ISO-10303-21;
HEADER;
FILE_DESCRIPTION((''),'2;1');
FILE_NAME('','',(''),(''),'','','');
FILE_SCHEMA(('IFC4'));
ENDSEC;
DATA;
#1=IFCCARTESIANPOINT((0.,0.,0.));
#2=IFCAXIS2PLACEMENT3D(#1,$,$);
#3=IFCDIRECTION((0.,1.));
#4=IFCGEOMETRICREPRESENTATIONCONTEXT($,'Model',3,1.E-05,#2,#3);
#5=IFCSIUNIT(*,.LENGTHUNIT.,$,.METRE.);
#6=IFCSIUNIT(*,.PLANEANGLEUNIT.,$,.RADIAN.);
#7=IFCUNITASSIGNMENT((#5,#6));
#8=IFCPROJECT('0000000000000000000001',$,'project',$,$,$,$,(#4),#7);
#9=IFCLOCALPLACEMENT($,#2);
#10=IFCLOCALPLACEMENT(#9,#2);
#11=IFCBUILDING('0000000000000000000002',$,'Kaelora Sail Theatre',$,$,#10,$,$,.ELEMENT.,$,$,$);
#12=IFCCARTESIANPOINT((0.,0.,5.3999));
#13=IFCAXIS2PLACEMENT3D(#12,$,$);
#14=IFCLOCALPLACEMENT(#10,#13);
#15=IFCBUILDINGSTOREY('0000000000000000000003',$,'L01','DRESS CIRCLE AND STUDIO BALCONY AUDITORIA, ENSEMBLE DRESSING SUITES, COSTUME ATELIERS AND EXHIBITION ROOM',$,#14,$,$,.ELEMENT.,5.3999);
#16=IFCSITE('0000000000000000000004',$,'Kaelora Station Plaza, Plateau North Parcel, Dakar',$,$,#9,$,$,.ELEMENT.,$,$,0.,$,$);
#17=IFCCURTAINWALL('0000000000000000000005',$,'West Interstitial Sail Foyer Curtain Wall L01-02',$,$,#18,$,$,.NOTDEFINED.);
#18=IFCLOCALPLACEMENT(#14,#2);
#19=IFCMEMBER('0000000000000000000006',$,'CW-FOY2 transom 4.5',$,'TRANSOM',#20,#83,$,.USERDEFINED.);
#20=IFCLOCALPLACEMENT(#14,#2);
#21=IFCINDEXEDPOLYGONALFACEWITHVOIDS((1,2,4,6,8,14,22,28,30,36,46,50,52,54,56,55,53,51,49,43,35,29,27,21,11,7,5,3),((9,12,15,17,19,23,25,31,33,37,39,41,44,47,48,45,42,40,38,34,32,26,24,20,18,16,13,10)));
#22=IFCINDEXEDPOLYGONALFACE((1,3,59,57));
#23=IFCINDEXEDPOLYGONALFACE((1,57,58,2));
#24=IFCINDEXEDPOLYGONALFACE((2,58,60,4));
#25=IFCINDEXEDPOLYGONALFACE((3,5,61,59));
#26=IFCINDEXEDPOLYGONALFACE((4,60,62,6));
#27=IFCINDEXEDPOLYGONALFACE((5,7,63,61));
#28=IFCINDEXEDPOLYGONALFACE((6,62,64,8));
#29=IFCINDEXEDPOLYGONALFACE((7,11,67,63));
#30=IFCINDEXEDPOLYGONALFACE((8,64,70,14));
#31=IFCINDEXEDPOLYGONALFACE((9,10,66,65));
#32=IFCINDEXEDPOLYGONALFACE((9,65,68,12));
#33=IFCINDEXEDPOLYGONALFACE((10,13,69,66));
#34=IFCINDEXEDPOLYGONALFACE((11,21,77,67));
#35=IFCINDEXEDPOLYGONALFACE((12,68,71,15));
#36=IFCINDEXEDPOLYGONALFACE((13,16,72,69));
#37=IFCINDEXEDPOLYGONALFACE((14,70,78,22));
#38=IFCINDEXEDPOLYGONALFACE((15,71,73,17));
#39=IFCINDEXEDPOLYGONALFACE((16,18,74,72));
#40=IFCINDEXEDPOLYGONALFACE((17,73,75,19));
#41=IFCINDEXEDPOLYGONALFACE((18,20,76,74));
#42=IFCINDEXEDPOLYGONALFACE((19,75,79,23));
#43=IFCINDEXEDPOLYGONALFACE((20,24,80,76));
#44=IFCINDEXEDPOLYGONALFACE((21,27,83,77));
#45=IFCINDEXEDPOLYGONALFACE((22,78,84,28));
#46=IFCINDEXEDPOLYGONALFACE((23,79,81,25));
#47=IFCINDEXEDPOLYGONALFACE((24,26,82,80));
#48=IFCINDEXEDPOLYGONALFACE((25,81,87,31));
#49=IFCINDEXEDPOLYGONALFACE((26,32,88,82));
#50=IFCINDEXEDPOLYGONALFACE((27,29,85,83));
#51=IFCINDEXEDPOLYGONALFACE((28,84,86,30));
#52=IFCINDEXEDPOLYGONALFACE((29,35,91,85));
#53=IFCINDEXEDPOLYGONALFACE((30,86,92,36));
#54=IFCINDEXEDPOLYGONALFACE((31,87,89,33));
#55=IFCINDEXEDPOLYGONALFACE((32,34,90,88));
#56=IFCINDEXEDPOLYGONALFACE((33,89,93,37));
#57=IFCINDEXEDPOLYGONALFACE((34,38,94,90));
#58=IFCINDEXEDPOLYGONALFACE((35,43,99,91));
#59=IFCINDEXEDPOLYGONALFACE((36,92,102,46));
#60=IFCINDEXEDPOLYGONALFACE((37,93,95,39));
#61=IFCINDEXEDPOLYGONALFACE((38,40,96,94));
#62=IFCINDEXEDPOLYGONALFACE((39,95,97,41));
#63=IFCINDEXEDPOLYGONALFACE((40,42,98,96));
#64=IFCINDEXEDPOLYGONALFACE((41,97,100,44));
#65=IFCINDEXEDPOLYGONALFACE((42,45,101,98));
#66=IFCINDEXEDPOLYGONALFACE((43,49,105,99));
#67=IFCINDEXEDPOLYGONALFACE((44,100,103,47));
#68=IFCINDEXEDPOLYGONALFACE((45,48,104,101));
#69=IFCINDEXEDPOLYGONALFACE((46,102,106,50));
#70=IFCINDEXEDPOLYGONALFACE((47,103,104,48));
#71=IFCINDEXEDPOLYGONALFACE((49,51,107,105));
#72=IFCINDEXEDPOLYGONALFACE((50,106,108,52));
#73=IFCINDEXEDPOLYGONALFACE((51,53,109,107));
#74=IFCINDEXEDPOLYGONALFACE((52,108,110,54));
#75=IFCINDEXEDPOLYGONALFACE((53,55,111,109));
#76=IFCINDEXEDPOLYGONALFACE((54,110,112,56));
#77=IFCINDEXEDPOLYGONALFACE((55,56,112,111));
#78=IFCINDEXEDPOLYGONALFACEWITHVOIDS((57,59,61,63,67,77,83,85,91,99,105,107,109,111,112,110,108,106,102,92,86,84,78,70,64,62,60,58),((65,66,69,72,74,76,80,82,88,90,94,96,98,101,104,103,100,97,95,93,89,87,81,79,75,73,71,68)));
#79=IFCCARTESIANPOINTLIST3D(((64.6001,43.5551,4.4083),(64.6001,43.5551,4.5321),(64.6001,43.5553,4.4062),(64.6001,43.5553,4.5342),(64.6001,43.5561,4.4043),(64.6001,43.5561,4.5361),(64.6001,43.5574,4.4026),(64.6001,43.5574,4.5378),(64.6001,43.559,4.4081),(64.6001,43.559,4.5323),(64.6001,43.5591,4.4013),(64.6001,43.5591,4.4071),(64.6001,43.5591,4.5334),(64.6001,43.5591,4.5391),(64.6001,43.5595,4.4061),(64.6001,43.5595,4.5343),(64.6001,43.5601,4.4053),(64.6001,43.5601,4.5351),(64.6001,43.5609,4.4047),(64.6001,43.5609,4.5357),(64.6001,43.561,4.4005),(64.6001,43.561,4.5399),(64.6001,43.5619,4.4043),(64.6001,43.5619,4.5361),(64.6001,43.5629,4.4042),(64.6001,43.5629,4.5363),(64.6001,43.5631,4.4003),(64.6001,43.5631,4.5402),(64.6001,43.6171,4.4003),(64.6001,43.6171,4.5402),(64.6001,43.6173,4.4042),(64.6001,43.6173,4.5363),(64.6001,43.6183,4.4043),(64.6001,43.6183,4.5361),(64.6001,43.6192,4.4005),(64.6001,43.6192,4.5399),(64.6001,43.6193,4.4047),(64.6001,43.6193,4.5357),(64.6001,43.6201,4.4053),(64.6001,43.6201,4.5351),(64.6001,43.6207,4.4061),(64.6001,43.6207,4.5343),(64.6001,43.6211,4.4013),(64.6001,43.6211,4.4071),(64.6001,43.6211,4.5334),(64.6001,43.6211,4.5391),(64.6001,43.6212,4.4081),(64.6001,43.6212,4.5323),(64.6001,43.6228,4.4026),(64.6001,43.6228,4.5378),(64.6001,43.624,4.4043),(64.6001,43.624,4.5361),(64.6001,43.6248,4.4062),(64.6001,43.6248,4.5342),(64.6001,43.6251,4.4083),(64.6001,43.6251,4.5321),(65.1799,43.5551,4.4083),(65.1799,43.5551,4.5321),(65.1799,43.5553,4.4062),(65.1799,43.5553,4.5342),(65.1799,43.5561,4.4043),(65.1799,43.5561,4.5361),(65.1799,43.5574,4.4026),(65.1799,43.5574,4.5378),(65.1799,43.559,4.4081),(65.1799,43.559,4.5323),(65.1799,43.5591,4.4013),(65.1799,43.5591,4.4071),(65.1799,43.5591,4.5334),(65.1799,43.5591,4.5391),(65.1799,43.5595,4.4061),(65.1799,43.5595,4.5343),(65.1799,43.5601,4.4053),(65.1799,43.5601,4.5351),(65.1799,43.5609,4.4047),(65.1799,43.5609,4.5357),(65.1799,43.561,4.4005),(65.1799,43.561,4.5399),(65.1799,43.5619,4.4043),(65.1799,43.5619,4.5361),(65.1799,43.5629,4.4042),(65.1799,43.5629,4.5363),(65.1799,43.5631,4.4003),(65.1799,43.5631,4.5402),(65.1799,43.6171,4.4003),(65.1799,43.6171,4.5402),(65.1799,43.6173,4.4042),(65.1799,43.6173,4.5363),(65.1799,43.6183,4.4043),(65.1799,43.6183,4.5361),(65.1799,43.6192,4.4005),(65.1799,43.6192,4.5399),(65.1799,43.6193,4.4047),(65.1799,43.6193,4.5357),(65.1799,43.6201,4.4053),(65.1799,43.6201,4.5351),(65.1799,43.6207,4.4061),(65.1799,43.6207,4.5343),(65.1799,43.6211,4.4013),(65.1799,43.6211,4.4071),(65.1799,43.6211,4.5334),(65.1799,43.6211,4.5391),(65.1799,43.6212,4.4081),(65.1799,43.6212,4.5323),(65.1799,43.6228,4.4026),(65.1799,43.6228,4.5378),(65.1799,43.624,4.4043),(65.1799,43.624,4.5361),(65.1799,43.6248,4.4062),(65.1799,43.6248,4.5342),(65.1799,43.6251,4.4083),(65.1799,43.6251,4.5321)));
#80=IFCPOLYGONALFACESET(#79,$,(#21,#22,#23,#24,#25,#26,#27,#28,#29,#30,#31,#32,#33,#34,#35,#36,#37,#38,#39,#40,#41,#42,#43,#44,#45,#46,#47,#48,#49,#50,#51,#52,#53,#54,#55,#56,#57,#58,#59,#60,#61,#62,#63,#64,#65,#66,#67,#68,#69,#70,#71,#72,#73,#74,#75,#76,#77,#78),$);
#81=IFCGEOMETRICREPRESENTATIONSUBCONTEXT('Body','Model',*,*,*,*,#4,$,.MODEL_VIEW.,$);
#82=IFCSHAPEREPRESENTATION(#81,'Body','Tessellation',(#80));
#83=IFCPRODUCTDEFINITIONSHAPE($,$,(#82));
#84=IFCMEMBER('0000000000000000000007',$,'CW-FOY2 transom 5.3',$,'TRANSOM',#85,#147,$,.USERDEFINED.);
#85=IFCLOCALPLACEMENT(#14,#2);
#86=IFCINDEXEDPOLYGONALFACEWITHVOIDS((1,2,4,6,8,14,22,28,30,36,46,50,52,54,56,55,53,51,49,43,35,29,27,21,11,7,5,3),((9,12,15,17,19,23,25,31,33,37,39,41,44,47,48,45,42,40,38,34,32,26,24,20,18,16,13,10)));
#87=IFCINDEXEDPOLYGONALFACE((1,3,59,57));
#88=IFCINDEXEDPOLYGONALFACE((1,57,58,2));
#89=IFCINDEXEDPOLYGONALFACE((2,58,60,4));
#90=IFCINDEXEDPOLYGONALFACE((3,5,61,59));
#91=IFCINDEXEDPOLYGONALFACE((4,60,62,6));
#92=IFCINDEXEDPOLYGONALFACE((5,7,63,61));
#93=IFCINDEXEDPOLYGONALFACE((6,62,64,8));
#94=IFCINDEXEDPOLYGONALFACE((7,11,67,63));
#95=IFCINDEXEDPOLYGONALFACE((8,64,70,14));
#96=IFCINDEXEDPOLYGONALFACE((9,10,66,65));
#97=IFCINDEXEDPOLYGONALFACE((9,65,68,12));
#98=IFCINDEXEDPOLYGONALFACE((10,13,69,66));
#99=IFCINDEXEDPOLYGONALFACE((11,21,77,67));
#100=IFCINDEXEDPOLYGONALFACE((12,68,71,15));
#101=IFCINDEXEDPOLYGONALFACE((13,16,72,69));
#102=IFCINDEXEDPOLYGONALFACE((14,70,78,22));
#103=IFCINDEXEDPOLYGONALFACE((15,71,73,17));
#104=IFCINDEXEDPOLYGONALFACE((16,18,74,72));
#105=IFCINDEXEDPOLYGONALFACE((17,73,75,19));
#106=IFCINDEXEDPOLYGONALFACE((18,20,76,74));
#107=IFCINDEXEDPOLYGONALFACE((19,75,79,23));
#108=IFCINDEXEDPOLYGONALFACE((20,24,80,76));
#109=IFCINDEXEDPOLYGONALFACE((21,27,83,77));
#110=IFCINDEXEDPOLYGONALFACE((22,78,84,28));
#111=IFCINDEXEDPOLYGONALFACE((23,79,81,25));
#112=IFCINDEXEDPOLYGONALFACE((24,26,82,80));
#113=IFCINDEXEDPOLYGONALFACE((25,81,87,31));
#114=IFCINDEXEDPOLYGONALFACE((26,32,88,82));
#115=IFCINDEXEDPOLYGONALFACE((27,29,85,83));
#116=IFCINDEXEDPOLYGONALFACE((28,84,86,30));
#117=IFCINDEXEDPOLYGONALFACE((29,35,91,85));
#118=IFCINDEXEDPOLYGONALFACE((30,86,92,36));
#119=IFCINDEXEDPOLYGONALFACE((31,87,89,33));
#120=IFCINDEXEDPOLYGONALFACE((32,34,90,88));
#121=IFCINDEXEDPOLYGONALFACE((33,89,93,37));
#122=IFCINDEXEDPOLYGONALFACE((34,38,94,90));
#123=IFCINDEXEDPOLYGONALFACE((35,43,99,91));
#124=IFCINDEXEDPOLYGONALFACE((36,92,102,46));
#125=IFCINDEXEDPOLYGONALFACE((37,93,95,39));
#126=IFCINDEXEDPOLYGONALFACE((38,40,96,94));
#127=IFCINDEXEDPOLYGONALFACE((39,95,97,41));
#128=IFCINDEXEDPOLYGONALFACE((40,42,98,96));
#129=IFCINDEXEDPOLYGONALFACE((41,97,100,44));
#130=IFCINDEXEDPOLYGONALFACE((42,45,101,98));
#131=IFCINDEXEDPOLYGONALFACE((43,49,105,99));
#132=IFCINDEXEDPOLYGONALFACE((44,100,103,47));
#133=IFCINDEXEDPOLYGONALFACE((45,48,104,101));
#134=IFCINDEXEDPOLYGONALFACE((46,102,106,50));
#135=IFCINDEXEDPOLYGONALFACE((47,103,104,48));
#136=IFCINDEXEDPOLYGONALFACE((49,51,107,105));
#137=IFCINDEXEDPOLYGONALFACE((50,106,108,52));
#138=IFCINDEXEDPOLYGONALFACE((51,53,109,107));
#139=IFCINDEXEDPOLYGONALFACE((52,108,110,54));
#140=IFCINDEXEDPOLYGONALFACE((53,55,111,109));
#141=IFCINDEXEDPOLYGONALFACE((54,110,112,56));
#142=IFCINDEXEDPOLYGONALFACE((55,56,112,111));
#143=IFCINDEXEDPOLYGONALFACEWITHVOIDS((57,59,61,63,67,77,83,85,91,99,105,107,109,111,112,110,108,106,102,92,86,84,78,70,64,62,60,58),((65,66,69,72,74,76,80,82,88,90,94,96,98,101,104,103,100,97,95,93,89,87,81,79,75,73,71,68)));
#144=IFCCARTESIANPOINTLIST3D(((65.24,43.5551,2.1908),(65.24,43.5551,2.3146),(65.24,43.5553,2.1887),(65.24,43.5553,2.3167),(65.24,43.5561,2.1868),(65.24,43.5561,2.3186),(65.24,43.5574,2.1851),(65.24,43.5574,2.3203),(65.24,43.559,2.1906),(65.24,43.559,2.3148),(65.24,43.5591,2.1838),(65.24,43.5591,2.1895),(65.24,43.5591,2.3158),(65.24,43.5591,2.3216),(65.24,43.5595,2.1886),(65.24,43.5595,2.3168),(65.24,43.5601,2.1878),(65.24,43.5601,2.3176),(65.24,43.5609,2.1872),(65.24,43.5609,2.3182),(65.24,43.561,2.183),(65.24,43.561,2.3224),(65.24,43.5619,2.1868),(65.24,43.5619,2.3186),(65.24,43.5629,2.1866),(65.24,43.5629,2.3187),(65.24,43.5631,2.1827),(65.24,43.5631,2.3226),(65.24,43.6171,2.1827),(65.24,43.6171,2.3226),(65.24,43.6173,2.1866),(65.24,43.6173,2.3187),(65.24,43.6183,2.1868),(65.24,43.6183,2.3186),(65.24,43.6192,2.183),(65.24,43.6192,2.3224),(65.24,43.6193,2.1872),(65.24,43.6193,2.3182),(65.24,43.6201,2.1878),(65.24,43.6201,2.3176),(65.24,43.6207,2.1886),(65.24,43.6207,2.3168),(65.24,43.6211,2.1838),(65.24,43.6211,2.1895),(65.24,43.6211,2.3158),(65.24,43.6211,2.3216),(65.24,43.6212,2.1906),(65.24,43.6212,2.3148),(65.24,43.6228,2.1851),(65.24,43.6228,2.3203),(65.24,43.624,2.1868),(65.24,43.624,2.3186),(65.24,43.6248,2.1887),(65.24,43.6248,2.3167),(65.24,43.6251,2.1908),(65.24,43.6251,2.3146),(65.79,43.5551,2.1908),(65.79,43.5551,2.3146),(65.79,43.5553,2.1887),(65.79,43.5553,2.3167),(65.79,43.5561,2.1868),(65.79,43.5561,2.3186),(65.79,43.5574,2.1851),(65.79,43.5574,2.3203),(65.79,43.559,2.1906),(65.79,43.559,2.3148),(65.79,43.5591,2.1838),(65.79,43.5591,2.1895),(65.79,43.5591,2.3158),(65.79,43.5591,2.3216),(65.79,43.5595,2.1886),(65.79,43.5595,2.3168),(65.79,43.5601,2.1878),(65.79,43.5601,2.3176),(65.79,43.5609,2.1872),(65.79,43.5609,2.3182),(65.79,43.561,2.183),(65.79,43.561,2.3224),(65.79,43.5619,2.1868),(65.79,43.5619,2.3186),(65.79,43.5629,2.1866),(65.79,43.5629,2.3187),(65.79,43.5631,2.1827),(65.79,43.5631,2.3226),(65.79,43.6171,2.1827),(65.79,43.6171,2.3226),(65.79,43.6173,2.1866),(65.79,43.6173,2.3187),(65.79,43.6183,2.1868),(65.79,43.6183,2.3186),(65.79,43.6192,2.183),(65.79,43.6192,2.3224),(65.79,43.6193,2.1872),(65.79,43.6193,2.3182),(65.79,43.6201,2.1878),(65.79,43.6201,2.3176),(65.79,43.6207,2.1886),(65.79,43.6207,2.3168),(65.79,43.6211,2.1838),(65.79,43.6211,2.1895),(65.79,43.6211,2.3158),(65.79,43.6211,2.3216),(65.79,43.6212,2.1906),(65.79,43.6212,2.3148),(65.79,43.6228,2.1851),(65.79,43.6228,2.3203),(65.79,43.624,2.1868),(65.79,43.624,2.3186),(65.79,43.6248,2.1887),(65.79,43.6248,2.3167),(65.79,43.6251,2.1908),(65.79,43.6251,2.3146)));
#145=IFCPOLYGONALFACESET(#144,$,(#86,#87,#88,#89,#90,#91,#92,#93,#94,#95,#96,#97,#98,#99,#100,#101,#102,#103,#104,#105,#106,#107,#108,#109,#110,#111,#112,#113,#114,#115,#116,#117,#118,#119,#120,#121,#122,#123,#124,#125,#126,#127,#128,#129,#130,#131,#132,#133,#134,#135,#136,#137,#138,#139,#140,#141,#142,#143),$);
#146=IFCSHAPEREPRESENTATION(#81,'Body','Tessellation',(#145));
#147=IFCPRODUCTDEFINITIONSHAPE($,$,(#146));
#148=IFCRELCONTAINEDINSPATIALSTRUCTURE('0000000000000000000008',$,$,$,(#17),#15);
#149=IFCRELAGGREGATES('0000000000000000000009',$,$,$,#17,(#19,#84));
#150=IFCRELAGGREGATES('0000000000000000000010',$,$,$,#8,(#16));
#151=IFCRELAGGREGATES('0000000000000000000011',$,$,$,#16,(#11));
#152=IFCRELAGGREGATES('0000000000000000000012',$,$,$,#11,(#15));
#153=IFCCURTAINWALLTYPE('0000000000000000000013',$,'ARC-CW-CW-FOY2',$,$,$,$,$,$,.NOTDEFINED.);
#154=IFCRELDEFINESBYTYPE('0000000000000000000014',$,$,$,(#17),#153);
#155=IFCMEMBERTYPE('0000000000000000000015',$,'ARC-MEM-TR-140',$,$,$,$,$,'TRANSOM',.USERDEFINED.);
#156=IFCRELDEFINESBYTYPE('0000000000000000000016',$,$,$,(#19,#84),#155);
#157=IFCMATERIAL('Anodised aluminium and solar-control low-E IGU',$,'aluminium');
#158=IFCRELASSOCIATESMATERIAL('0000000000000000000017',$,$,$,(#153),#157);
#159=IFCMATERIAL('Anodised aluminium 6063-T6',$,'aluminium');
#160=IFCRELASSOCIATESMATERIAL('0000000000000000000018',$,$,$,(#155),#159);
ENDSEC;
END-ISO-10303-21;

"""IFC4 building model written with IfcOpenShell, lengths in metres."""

from ifc_helpers import new_model, si_unit, direction, frame, origin, origin_2d, place, context, subcontext, project, spatial, hollow_rectangle, extrude, material, material_profile, profile_set, type_object, element, aggregate, save


model = new_model("IFC4")

# Units and contexts
model_context = context("Model", 3, precision=1e-05, world=origin(), true_north=direction((0.0, 1.0)))
body_context = subcontext(model_context, "Body", "Model", "MODEL_VIEW")
ifc_project = project(units=[si_unit("LENGTHUNIT", "METRE"), si_unit("PLANEANGLEUNIT", "RADIAN")], contexts=[model_context])

# Site, building, storey
site_placement = place(None, origin())
site = spatial("IfcSite", under=ifc_project, at=site_placement, Name="Kaelora Station Plaza, Plateau North Parcel, Dakar", CompositionType="ELEMENT", RefElevation=0.0)
building_placement = place(site_placement, origin())
building = spatial("IfcBuilding", under=site, at=building_placement, Name="Kaelora Sail Theatre", CompositionType="ELEMENT")
storey_placement = place(building_placement, frame((0.0, 0.0, 5.3999)))
storey = spatial("IfcBuildingStorey", under=building, at=storey_placement, Name="L01", Description="DRESS CIRCLE AND STUDIO BALCONY AUDITORIA, ENSEMBLE DRESSING SUITES, COSTUME ATELIERS AND EXHIBITION ROOM", CompositionType="ELEMENT", Elevation=5.3999)

# Curtain wall, members
ifc_material_1 = material(Name="Anodised aluminium and solar-control low-E IGU", Category="aluminium")
curtain_wall_type = type_object("IfcCurtainWallType", Name="ARC-CW-CW-FOY2", PredefinedType="NOTDEFINED", material=ifc_material_1)
curtain_wall_1_placement = place(storey_placement, origin())
curtain_wall_1 = element("IfcCurtainWall", 1, at=curtain_wall_1_placement, inside=storey, type_object=curtain_wall_type, Name="West Interstitial Sail Foyer Curtain Wall L01-02", PredefinedType="NOTDEFINED")
ifc_material_2 = material(Name="Anodised aluminium 6063-T6", Category="aluminium")
ifc_material_profile = material_profile(ifc_material_2, hollow_rectangle(XDim=0.0701, YDim=0.1399, WallThickness=0.0039, InnerFilletRadius=0.0039, OuterFilletRadius=0.0081, at=origin_2d()), Name="ALU-TRAN 70x140x4")
ifc_profile_set = profile_set([ifc_material_profile], Name="Anodised aluminium 6063-T6")
member_type = type_object("IfcMemberType", Name="ARC-MEM-TR-140", ElementType="TRANSOM", PredefinedType="USERDEFINED", material=ifc_profile_set)
member_1_placement = place(storey_placement, frame((64.6001, 43.5901, 4.4702), z_axis=(1.0, 0.0, 0.0), x_axis=(0.0, 1.0, 0.0)))
member_1 = element("IfcMember", 2, at=member_1_placement, type_object=member_type, Name="CW-FOY2 transom 4.5", ObjectType="TRANSOM", PredefinedType="USERDEFINED", context=body_context, shape_type="SweptSolid", body=[
    extrude(hollow_rectangle(XDim=0.0701, YDim=0.1399, WallThickness=0.0039, InnerFilletRadius=0.0039, OuterFilletRadius=0.0081, at=origin_2d()), origin(), (0.0, 0.0, 1.0), 0.5798),
])
member_2_placement = place(storey_placement, frame((65.24, 43.5901, 2.2527), z_axis=(1.0, 0.0, 0.0), x_axis=(0.0, 1.0, 0.0)))
member_2 = element("IfcMember", 3, at=member_2_placement, type_object=member_type, Name="CW-FOY2 transom 5.3", ObjectType="TRANSOM", PredefinedType="USERDEFINED", context=body_context, shape_type="SweptSolid", body=[
    extrude(hollow_rectangle(XDim=0.0701, YDim=0.1399, WallThickness=0.0039, InnerFilletRadius=0.0039, OuterFilletRadius=0.0081, at=origin_2d()), origin(), (0.0, 0.0, 1.0), 0.55),
])

aggregate(curtain_wall_1, [member_1, member_2])

save(model, "model.ifc")
